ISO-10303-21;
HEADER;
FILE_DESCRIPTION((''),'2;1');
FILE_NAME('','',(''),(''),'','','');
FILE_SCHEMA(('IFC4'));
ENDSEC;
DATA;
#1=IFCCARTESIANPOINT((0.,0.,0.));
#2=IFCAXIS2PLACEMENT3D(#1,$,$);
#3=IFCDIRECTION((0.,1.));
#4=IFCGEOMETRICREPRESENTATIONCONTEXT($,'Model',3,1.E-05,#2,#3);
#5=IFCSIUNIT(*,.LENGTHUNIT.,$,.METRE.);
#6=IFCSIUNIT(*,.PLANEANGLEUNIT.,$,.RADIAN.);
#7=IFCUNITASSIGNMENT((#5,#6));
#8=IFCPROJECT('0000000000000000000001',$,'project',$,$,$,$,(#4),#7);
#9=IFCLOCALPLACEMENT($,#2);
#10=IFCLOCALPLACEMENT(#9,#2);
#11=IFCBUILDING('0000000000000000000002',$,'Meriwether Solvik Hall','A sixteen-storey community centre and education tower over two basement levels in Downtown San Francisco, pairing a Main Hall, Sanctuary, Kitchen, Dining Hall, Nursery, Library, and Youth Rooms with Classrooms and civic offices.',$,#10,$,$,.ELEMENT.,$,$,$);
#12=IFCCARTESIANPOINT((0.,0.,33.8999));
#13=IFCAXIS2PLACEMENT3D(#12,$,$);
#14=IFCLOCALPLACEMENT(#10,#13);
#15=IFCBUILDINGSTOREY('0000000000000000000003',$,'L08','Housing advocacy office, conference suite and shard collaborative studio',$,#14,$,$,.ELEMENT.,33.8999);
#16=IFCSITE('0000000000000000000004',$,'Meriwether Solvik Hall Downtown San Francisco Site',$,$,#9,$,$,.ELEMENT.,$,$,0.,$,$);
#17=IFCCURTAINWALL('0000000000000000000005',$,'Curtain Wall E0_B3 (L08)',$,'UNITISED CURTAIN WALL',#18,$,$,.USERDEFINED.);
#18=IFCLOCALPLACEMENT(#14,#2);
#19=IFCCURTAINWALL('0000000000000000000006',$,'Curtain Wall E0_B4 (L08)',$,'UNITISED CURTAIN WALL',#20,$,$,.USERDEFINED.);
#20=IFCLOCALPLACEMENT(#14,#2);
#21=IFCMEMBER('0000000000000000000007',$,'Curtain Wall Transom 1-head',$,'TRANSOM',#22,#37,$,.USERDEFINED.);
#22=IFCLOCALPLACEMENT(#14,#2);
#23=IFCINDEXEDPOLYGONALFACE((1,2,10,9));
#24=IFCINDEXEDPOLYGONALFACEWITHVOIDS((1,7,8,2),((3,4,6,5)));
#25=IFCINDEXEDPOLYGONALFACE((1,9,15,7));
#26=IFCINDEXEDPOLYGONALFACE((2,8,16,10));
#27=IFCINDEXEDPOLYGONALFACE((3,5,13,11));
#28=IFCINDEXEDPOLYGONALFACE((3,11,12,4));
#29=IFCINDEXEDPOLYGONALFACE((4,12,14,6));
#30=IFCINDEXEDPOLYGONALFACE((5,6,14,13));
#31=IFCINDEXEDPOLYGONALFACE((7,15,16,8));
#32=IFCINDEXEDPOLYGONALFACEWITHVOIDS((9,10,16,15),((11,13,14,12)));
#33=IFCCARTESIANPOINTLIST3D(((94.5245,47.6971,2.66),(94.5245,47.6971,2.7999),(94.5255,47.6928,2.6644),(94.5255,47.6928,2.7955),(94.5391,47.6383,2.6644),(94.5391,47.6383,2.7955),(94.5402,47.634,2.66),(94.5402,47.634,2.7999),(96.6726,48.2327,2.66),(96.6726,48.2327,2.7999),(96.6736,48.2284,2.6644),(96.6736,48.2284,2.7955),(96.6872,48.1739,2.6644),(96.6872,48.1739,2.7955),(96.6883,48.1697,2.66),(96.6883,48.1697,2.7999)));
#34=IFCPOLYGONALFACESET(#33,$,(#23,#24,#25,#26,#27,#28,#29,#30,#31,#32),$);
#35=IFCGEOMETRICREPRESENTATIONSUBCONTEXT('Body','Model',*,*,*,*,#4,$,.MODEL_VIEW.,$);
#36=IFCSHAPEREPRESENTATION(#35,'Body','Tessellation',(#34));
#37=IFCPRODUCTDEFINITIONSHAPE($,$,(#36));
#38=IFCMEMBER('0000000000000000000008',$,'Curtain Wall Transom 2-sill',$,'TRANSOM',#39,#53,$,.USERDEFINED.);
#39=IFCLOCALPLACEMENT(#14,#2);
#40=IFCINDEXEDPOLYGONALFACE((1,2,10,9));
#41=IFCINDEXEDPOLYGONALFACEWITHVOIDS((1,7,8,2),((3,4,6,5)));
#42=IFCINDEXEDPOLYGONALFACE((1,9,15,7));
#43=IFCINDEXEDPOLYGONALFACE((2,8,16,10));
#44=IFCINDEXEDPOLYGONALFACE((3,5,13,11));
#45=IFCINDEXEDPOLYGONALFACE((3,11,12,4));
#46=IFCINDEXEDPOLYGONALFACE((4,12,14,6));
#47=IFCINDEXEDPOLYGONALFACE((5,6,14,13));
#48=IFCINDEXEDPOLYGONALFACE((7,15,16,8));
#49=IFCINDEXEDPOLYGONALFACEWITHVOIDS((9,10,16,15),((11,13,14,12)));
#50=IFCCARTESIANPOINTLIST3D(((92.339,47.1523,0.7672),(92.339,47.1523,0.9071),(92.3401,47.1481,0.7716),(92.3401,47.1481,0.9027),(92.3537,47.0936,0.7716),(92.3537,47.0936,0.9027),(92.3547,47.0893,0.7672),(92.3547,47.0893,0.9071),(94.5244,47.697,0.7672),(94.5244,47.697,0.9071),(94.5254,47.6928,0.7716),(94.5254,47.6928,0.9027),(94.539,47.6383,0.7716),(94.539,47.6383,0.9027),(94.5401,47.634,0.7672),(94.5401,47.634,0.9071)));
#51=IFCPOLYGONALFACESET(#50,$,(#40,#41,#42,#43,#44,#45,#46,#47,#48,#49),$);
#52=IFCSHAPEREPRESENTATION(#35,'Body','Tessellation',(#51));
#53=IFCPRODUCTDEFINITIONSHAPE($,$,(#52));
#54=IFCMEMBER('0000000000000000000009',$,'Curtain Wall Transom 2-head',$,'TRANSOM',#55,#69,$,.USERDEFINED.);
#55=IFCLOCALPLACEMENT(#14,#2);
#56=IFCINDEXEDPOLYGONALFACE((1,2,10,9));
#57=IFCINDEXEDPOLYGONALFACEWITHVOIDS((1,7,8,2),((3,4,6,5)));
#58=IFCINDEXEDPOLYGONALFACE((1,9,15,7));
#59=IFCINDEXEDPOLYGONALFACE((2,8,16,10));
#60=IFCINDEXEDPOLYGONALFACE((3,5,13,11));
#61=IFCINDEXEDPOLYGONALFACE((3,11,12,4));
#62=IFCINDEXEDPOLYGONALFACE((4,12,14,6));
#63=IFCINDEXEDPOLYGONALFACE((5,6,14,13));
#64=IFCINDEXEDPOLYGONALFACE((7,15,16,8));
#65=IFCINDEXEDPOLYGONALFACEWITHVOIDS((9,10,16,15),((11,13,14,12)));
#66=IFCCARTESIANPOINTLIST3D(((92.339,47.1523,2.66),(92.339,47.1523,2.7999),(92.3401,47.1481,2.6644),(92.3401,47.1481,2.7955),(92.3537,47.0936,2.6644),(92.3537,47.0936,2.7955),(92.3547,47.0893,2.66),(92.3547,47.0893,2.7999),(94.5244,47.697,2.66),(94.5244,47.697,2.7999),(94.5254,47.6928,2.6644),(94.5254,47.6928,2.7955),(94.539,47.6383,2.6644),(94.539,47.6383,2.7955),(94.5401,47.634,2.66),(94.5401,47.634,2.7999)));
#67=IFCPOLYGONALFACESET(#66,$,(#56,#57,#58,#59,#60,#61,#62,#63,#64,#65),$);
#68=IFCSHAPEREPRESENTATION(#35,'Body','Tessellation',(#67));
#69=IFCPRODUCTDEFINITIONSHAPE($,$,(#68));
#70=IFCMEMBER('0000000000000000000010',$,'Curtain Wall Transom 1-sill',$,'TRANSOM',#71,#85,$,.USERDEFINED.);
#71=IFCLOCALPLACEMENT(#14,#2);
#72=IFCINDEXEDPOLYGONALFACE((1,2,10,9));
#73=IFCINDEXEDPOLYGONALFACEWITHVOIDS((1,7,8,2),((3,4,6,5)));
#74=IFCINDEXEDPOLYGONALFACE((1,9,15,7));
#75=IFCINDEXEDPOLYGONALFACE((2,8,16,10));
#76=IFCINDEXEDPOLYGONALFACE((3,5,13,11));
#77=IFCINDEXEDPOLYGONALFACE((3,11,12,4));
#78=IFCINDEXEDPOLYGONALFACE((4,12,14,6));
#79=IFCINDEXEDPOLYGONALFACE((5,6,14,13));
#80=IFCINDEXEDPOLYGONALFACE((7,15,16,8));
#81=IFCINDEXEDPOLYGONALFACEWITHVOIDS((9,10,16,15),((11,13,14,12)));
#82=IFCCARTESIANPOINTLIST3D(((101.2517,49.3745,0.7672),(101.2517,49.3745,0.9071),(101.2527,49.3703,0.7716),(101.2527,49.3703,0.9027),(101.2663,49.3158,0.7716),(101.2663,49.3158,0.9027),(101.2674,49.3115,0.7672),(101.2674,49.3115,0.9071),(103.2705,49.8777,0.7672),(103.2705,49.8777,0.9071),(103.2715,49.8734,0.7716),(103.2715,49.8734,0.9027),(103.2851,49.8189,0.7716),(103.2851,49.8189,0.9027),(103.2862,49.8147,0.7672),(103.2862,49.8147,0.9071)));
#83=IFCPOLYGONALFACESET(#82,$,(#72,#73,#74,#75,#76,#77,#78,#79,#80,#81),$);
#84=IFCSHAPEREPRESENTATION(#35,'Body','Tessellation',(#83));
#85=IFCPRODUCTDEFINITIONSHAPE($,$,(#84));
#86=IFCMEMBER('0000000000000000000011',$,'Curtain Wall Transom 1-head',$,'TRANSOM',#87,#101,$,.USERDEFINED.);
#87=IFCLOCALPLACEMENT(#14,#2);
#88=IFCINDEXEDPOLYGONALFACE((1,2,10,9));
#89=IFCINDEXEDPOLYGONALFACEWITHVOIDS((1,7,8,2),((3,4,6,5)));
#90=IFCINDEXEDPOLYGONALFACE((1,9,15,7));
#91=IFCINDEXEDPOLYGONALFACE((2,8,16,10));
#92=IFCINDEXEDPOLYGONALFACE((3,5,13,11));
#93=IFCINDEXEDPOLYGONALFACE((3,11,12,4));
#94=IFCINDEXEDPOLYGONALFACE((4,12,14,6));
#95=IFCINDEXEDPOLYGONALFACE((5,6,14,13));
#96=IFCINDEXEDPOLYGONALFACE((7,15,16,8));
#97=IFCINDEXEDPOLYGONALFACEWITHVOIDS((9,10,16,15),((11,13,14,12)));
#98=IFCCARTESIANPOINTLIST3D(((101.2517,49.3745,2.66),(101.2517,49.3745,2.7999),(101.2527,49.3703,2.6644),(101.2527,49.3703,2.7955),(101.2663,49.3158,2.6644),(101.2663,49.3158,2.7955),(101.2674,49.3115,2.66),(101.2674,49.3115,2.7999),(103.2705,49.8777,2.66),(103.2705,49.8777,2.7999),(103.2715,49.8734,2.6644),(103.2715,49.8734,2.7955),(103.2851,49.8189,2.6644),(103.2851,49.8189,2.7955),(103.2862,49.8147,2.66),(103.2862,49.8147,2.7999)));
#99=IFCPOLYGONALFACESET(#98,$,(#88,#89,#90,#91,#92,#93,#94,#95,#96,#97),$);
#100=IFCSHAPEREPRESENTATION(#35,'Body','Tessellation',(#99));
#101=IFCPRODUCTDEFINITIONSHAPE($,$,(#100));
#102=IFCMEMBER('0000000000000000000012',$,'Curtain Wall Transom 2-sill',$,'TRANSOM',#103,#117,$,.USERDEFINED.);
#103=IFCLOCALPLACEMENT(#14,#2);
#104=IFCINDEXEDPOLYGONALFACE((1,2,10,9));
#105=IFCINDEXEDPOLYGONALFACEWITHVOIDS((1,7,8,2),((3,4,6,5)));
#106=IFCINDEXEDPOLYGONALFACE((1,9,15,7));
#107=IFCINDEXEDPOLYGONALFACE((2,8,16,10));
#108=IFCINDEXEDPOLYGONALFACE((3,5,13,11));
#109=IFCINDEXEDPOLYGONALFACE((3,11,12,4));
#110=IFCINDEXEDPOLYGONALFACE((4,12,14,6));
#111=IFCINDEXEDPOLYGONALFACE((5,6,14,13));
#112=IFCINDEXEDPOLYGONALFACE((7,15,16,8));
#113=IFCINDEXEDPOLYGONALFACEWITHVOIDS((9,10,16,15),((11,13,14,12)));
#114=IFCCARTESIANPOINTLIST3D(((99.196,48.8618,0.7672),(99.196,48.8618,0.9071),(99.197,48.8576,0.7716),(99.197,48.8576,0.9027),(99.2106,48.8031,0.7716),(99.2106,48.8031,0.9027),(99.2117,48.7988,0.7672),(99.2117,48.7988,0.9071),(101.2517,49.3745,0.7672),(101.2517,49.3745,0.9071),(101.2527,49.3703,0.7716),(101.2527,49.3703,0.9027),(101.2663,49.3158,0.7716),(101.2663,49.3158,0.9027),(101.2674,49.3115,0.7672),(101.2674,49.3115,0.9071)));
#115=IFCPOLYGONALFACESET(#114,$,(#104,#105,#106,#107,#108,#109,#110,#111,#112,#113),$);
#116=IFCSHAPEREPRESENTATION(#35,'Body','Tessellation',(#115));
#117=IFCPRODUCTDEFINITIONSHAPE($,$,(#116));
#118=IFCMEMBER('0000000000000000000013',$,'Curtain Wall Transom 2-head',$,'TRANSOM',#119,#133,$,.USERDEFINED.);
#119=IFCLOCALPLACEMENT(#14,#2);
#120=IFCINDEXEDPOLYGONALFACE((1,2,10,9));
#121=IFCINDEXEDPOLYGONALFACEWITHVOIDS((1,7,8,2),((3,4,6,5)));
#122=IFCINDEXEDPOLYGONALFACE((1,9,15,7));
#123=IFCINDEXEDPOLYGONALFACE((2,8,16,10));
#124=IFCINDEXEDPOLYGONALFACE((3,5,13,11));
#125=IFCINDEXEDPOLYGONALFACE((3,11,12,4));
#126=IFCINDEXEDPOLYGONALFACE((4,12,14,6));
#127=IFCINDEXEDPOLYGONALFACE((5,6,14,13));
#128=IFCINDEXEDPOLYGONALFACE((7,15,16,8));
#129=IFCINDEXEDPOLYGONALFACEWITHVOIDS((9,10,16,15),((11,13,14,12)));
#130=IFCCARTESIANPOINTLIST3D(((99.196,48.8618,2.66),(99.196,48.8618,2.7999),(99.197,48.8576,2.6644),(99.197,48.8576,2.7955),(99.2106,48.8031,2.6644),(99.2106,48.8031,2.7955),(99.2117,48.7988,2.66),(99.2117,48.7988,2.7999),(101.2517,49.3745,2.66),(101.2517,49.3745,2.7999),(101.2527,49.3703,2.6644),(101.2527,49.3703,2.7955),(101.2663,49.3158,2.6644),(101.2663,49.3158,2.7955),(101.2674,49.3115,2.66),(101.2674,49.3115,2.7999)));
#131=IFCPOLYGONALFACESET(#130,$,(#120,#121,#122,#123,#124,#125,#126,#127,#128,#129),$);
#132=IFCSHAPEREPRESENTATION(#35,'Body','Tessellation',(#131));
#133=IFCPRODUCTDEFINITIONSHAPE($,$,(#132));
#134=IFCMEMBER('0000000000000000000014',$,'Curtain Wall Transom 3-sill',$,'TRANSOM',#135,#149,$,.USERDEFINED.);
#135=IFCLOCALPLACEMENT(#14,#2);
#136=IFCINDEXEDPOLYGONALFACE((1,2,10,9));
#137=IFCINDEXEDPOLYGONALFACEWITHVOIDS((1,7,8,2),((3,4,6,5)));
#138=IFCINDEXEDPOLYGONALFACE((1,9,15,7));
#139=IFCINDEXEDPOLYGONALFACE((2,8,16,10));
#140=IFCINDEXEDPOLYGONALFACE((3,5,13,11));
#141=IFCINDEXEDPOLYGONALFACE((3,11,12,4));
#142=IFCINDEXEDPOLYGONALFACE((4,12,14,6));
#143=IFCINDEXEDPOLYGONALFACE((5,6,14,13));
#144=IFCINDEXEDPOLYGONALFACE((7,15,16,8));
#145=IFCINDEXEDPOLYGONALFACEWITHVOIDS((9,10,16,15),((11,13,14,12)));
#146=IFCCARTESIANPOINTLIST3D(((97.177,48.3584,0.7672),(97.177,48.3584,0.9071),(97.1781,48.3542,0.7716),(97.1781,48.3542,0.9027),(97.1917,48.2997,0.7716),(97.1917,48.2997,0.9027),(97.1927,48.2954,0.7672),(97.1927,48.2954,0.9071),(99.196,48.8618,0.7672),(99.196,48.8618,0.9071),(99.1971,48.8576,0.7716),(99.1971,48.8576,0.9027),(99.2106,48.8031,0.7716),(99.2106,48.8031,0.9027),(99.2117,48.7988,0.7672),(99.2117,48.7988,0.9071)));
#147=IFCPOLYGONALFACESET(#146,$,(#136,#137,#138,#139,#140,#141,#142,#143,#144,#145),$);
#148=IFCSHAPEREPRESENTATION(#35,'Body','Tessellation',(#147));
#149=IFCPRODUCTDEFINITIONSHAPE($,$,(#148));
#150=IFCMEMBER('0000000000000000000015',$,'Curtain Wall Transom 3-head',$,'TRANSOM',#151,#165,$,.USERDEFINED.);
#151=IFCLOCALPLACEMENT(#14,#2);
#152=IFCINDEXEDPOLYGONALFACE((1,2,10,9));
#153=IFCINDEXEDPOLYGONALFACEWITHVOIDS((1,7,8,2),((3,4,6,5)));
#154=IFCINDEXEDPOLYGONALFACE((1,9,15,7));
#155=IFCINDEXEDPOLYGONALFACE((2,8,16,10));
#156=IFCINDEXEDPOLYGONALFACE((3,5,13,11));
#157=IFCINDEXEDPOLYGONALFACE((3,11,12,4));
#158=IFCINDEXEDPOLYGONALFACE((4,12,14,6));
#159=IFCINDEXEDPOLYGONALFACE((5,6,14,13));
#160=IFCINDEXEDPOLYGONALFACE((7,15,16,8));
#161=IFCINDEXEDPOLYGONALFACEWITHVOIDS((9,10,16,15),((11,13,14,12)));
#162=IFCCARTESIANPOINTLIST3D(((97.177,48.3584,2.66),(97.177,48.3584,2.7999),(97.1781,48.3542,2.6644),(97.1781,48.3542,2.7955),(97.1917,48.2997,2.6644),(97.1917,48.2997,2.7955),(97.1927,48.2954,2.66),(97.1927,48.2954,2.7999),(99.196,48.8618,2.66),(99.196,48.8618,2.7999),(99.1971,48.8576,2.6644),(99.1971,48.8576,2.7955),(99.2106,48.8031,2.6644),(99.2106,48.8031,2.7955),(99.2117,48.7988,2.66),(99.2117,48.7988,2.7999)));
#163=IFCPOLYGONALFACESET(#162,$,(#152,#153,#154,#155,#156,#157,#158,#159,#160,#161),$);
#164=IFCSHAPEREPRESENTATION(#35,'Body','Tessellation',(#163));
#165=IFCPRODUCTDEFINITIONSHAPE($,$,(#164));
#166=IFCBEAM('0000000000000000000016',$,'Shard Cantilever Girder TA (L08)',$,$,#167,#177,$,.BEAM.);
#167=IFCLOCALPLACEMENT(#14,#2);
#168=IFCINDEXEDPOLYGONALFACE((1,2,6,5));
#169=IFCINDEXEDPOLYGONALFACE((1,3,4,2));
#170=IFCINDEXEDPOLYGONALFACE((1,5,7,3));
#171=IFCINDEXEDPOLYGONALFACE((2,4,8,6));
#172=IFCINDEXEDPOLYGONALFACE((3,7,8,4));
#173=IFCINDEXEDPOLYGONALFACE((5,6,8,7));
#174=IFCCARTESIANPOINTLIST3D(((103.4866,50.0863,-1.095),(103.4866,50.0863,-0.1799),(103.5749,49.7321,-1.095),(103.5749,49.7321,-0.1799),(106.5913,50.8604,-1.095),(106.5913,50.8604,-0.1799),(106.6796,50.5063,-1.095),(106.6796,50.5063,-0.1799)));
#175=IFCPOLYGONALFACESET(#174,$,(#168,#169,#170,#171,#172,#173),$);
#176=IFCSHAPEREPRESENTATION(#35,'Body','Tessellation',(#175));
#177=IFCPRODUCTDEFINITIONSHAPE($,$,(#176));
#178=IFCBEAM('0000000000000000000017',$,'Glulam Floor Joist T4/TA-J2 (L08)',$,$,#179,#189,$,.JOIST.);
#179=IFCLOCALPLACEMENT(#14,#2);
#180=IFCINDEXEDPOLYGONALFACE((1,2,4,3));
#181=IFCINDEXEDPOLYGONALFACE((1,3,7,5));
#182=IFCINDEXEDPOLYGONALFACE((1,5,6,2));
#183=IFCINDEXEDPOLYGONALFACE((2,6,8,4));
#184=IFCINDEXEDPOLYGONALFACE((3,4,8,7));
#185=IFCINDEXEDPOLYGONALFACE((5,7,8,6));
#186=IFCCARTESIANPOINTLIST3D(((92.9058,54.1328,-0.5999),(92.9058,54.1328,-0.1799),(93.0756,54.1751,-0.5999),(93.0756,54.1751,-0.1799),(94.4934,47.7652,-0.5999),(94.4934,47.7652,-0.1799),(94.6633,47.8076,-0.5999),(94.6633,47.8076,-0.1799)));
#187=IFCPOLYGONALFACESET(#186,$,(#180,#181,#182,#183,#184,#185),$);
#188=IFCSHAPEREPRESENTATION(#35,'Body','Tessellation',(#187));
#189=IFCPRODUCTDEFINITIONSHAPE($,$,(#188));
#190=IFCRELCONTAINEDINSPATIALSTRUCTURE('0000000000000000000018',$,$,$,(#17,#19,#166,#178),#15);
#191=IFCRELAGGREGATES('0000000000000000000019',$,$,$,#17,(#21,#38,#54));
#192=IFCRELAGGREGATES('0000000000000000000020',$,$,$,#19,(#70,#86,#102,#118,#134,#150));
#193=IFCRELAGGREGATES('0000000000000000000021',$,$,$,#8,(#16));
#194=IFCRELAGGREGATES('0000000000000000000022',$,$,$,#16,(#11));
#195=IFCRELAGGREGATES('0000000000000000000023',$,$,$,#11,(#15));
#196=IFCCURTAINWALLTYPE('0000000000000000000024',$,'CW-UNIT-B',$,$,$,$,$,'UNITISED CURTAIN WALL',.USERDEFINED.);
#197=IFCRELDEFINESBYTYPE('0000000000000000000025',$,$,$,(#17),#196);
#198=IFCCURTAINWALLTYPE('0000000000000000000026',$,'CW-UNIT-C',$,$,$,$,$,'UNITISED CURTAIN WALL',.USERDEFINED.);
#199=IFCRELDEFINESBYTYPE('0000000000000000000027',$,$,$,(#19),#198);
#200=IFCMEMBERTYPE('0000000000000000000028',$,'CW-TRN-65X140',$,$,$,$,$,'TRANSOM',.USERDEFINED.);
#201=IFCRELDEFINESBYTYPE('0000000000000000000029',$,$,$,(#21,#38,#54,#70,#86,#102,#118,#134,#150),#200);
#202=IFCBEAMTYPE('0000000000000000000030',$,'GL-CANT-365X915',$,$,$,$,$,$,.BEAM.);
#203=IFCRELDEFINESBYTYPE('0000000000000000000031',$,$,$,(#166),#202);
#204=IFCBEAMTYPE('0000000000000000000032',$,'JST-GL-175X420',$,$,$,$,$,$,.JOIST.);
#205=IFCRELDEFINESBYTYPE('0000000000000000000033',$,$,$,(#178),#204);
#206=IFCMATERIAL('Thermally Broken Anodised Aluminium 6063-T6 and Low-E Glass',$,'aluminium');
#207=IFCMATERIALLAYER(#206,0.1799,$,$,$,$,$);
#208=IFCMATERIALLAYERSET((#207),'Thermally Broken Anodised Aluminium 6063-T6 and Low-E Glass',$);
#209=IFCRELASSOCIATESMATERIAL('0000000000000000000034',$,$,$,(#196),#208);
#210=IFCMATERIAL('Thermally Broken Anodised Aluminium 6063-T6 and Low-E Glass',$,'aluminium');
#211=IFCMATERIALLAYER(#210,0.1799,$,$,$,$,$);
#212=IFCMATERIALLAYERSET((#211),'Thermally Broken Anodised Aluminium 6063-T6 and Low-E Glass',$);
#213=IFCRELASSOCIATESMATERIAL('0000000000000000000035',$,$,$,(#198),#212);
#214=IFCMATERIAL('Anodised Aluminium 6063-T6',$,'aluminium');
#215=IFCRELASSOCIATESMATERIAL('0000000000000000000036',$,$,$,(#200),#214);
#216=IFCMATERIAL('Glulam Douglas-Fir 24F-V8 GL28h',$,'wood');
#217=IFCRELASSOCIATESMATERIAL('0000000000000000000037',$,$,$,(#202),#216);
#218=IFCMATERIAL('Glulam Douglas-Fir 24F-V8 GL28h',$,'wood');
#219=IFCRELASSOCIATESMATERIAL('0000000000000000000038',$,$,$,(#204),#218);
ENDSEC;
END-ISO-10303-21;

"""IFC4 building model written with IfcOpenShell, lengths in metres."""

from ifc_helpers import new_model, si_unit, direction, frame, origin, origin_2d, place, context, subcontext, project, spatial, rectangle, hollow_rectangle, extrude, material, layer, layer_set, material_profile, profile_set, type_object, element, aggregate, save


model = new_model("IFC4")

# Units and contexts
model_context = context("Model", 3, precision=1e-05, world=origin(), true_north=direction((0.0, 1.0)))
body_context = subcontext(model_context, "Body", "Model", "MODEL_VIEW")
ifc_project = project(units=[si_unit("LENGTHUNIT", "METRE"), si_unit("PLANEANGLEUNIT", "RADIAN")], contexts=[model_context])

# Site, building, storey
site_placement = place(None, origin())
site = spatial("IfcSite", under=ifc_project, at=site_placement, Name="Meriwether Solvik Hall Downtown San Francisco Site", CompositionType="ELEMENT", RefElevation=0.0)
building_placement = place(site_placement, origin())
building = spatial("IfcBuilding", under=site, at=building_placement, Name="Meriwether Solvik Hall", Description="A sixteen-storey community centre and education tower over two basement levels in Downtown San Francisco, pairing a Main Hall, Sanctuary, Kitchen, Dining Hall, Nursery, Library, and Youth Rooms with Classrooms and civic offices.", CompositionType="ELEMENT")
storey_placement = place(building_placement, frame((0.0, 0.0, 33.8999)))
storey = spatial("IfcBuildingStorey", under=building, at=storey_placement, Name="L08", Description="Housing advocacy office, conference suite and shard collaborative studio", CompositionType="ELEMENT", Elevation=33.8999)

# Curtain wall
ifc_material_1 = material(Name="Thermally Broken Anodised Aluminium 6063-T6 and Low-E Glass", Category="aluminium")
ifc_layer_1 = layer(ifc_material_1, 0.1799)
ifc_layer_set_1 = layer_set([ifc_layer_1], Name="Thermally Broken Anodised Aluminium 6063-T6 and Low-E Glass")
curtain_wall_type_1 = type_object("IfcCurtainWallType", Name="CW-UNIT-B", ElementType="UNITISED CURTAIN WALL", PredefinedType="USERDEFINED", material=ifc_layer_set_1)
curtain_wall_1_placement = place(storey_placement, origin())
curtain_wall_1 = element("IfcCurtainWall", 1, at=curtain_wall_1_placement, inside=storey, type_object=curtain_wall_type_1, Name="Curtain Wall E0_B3 (L08)", ObjectType="UNITISED CURTAIN WALL", PredefinedType="USERDEFINED")

# Curtain wall
ifc_material_2 = material(Name="Thermally Broken Anodised Aluminium 6063-T6 and Low-E Glass", Category="aluminium")
ifc_layer_2 = layer(ifc_material_2, 0.1799)
ifc_layer_set_2 = layer_set([ifc_layer_2], Name="Thermally Broken Anodised Aluminium 6063-T6 and Low-E Glass")
curtain_wall_type_2 = type_object("IfcCurtainWallType", Name="CW-UNIT-C", ElementType="UNITISED CURTAIN WALL", PredefinedType="USERDEFINED", material=ifc_layer_set_2)
curtain_wall_2_placement = place(storey_placement, origin())
curtain_wall_2 = element("IfcCurtainWall", 2, at=curtain_wall_2_placement, inside=storey, type_object=curtain_wall_type_2, Name="Curtain Wall E0_B4 (L08)", ObjectType="UNITISED CURTAIN WALL", PredefinedType="USERDEFINED")

# Members
ifc_material_3 = material(Name="Anodised Aluminium 6063-T6", Category="aluminium")
ifc_material_profile_1 = material_profile(ifc_material_3, hollow_rectangle(XDim=0.0649, YDim=0.1399, WallThickness=0.0044, at=origin_2d()), Name="CWT-65X140")
ifc_profile_set_1 = profile_set([ifc_material_profile_1], Name="Anodised Aluminium 6063-T6")
member_type_1 = type_object("IfcMemberType", Name="CW-TRN-65X140", ElementType="TRANSOM", PredefinedType="USERDEFINED", material=ifc_profile_set_1)
member_1_placement = place(storey_placement, frame((96.6804, 48.2012, 2.73), z_axis=(-0.970292, -0.241939, 0.0), x_axis=(0.241939, -0.970292, 0.0)))
member_1 = element("IfcMember", 3, at=member_1_placement, type_object=member_type_1, Name="Curtain Wall Transom 1-head", ObjectType="TRANSOM", PredefinedType="USERDEFINED", context=body_context, shape_type="SweptSolid", body=[
    extrude(hollow_rectangle(XDim=0.0649, YDim=0.1399, WallThickness=0.0044, at=origin_2d()), origin(), (0.0, 0.0, 1.0), 2.2139),
])
member_2_placement = place(storey_placement, frame((94.5322, 47.6655, 0.8372), z_axis=(-0.970314, -0.241847, 0.0), x_axis=(0.241847, -0.970314, 0.0)))
member_2 = element("IfcMember", 4, at=member_2_placement, type_object=member_type_1, Name="Curtain Wall Transom 2-sill", ObjectType="TRANSOM", PredefinedType="USERDEFINED", context=body_context, shape_type="SweptSolid", body=[
    extrude(hollow_rectangle(XDim=0.0649, YDim=0.1399, WallThickness=0.0044, at=origin_2d()), origin(), (0.0, 0.0, 1.0), 2.2522),
])
member_3_placement = place(storey_placement, frame((94.5322, 47.6655, 2.73), z_axis=(-0.970314, -0.241847, 0.0), x_axis=(0.241847, -0.970314, 0.0)))
member_3 = element("IfcMember", 5, at=member_3_placement, type_object=member_type_1, Name="Curtain Wall Transom 2-head", ObjectType="TRANSOM", PredefinedType="USERDEFINED", context=body_context, shape_type="SweptSolid", body=[
    extrude(hollow_rectangle(XDim=0.0649, YDim=0.1399, WallThickness=0.0044, at=origin_2d()), origin(), (0.0, 0.0, 1.0), 2.2522),
])
member_4_placement = place(storey_placement, frame((103.2783, 49.8462, 0.8372), z_axis=(-0.970315, -0.241845, 0.0), x_axis=(0.241845, -0.970315, 0.0)))
member_4 = element("IfcMember", 6, at=member_4_placement, type_object=member_type_1, Name="Curtain Wall Transom 1-sill", ObjectType="TRANSOM", PredefinedType="USERDEFINED", context=body_context, shape_type="SweptSolid", body=[
    extrude(hollow_rectangle(XDim=0.0649, YDim=0.1399, WallThickness=0.0044, at=origin_2d()), origin(), (0.0, 0.0, 1.0), 2.0806),
])
member_5_placement = place(storey_placement, frame((103.2783, 49.8462, 2.73), z_axis=(-0.970315, -0.241845, 0.0), x_axis=(0.241845, -0.970315, 0.0)))
member_5 = element("IfcMember", 7, at=member_5_placement, type_object=member_type_1, Name="Curtain Wall Transom 1-head", ObjectType="TRANSOM", PredefinedType="USERDEFINED", context=body_context, shape_type="SweptSolid", body=[
    extrude(hollow_rectangle(XDim=0.0649, YDim=0.1399, WallThickness=0.0044, at=origin_2d()), origin(), (0.0, 0.0, 1.0), 2.0806),
])
member_6_placement = place(storey_placement, frame((101.2595, 49.343, 0.8372), z_axis=(-0.970278, -0.241993, 0.0), x_axis=(0.241993, -0.970278, 0.0)))
member_6 = element("IfcMember", 8, at=member_6_placement, type_object=member_type_1, Name="Curtain Wall Transom 2-sill", ObjectType="TRANSOM", PredefinedType="USERDEFINED", context=body_context, shape_type="SweptSolid", body=[
    extrude(hollow_rectangle(XDim=0.0649, YDim=0.1399, WallThickness=0.0044, at=origin_2d()), origin(), (0.0, 0.0, 1.0), 2.1187),
])
member_7_placement = place(storey_placement, frame((101.2595, 49.343, 2.73), z_axis=(-0.970278, -0.241993, 0.0), x_axis=(0.241993, -0.970278, 0.0)))
member_7 = element("IfcMember", 9, at=member_7_placement, type_object=member_type_1, Name="Curtain Wall Transom 2-head", ObjectType="TRANSOM", PredefinedType="USERDEFINED", context=body_context, shape_type="SweptSolid", body=[
    extrude(hollow_rectangle(XDim=0.0649, YDim=0.1399, WallThickness=0.0044, at=origin_2d()), origin(), (0.0, 0.0, 1.0), 2.1187),
])
member_8_placement = place(storey_placement, frame((99.2039, 48.8303, 0.8372), z_axis=(-0.970294, -0.241928, 0.0), x_axis=(0.241928, -0.970294, 0.0)))
member_8 = element("IfcMember", 10, at=member_8_placement, type_object=member_type_1, Name="Curtain Wall Transom 3-sill", ObjectType="TRANSOM", PredefinedType="USERDEFINED", context=body_context, shape_type="SweptSolid", body=[
    extrude(hollow_rectangle(XDim=0.0649, YDim=0.1399, WallThickness=0.0044, at=origin_2d()), origin(), (0.0, 0.0, 1.0), 2.0808),
])
member_9_placement = place(storey_placement, frame((99.2039, 48.8303, 2.73), z_axis=(-0.970294, -0.241928, 0.0), x_axis=(0.241928, -0.970294, 0.0)))
member_9 = element("IfcMember", 11, at=member_9_placement, type_object=member_type_1, Name="Curtain Wall Transom 3-head", ObjectType="TRANSOM", PredefinedType="USERDEFINED", context=body_context, shape_type="SweptSolid", body=[
    extrude(hollow_rectangle(XDim=0.0649, YDim=0.1399, WallThickness=0.0044, at=origin_2d()), origin(), (0.0, 0.0, 1.0), 2.0808),
])

# Beams
ifc_material_4 = material(Name="Glulam Douglas-Fir 24F-V8 GL28h", Category="wood")
ifc_material_profile_2 = material_profile(ifc_material_4, rectangle(XDim=0.365, YDim=0.915, at=origin_2d()), Name="GLB-365X915")
ifc_profile_set_2 = profile_set([ifc_material_profile_2], Name="Glulam Douglas-Fir 24F-V8 GL28h")
beam_type_1 = type_object("IfcBeamType", Name="GL-CANT-365X915", PredefinedType="BEAM", material=ifc_profile_set_2)
beam_1_placement = place(storey_placement, frame((103.5308, 49.9092, -0.6375), z_axis=(0.97029, 0.241943, 0.0), x_axis=(-0.241943, 0.97029, 0.0)))
element("IfcBeam", 12, at=beam_1_placement, inside=storey, type_object=beam_type_1, Name="Shard Cantilever Girder TA (L08)", PredefinedType="BEAM", context=body_context, shape_type="SweptSolid", body=[
    extrude(rectangle(XDim=0.365, YDim=0.915, at=origin_2d()), origin(), (0.0, 0.0, 1.0), 3.1997),
])
ifc_material_5 = material(Name="Glulam Douglas-Fir 24F-V8 GL28h", Category="wood")
ifc_material_profile_3 = material_profile(ifc_material_5, rectangle(XDim=0.175, YDim=0.4199, at=origin_2d()), Name="GLJ-175X420")
ifc_profile_set_3 = profile_set([ifc_material_profile_3], Name="Glulam Douglas-Fir 24F-V8 GL28h")
beam_type_2 = type_object("IfcBeamType", Name="JST-GL-175X420", PredefinedType="JOIST", material=ifc_profile_set_3)
for number, where, z_axis, x_axis, name in (
    (13, (94.5784, 47.7864, -0.3899), (-0.241932, 0.970293, 0.0), (-0.970293, -0.241932, 0.0), "Glulam Floor Joist T4/TA-J2 (L08)"),
):
    element("IfcBeam", number, at=place(storey_placement, frame(where, z_axis=z_axis, x_axis=x_axis)), inside=storey, type_object=beam_type_2, Name=name, PredefinedType="JOIST", context=body_context, shape_type="SweptSolid", body=[
        extrude(rectangle(XDim=0.175, YDim=0.4199, at=origin_2d()), origin(), (0.0, 0.0, 1.0), 6.5625),
    ])

aggregate(curtain_wall_1, [member_1, member_2, member_3])
aggregate(curtain_wall_2, [member_4, member_5, member_6, member_7, member_8, member_9])

save(model, "model.ifc")
